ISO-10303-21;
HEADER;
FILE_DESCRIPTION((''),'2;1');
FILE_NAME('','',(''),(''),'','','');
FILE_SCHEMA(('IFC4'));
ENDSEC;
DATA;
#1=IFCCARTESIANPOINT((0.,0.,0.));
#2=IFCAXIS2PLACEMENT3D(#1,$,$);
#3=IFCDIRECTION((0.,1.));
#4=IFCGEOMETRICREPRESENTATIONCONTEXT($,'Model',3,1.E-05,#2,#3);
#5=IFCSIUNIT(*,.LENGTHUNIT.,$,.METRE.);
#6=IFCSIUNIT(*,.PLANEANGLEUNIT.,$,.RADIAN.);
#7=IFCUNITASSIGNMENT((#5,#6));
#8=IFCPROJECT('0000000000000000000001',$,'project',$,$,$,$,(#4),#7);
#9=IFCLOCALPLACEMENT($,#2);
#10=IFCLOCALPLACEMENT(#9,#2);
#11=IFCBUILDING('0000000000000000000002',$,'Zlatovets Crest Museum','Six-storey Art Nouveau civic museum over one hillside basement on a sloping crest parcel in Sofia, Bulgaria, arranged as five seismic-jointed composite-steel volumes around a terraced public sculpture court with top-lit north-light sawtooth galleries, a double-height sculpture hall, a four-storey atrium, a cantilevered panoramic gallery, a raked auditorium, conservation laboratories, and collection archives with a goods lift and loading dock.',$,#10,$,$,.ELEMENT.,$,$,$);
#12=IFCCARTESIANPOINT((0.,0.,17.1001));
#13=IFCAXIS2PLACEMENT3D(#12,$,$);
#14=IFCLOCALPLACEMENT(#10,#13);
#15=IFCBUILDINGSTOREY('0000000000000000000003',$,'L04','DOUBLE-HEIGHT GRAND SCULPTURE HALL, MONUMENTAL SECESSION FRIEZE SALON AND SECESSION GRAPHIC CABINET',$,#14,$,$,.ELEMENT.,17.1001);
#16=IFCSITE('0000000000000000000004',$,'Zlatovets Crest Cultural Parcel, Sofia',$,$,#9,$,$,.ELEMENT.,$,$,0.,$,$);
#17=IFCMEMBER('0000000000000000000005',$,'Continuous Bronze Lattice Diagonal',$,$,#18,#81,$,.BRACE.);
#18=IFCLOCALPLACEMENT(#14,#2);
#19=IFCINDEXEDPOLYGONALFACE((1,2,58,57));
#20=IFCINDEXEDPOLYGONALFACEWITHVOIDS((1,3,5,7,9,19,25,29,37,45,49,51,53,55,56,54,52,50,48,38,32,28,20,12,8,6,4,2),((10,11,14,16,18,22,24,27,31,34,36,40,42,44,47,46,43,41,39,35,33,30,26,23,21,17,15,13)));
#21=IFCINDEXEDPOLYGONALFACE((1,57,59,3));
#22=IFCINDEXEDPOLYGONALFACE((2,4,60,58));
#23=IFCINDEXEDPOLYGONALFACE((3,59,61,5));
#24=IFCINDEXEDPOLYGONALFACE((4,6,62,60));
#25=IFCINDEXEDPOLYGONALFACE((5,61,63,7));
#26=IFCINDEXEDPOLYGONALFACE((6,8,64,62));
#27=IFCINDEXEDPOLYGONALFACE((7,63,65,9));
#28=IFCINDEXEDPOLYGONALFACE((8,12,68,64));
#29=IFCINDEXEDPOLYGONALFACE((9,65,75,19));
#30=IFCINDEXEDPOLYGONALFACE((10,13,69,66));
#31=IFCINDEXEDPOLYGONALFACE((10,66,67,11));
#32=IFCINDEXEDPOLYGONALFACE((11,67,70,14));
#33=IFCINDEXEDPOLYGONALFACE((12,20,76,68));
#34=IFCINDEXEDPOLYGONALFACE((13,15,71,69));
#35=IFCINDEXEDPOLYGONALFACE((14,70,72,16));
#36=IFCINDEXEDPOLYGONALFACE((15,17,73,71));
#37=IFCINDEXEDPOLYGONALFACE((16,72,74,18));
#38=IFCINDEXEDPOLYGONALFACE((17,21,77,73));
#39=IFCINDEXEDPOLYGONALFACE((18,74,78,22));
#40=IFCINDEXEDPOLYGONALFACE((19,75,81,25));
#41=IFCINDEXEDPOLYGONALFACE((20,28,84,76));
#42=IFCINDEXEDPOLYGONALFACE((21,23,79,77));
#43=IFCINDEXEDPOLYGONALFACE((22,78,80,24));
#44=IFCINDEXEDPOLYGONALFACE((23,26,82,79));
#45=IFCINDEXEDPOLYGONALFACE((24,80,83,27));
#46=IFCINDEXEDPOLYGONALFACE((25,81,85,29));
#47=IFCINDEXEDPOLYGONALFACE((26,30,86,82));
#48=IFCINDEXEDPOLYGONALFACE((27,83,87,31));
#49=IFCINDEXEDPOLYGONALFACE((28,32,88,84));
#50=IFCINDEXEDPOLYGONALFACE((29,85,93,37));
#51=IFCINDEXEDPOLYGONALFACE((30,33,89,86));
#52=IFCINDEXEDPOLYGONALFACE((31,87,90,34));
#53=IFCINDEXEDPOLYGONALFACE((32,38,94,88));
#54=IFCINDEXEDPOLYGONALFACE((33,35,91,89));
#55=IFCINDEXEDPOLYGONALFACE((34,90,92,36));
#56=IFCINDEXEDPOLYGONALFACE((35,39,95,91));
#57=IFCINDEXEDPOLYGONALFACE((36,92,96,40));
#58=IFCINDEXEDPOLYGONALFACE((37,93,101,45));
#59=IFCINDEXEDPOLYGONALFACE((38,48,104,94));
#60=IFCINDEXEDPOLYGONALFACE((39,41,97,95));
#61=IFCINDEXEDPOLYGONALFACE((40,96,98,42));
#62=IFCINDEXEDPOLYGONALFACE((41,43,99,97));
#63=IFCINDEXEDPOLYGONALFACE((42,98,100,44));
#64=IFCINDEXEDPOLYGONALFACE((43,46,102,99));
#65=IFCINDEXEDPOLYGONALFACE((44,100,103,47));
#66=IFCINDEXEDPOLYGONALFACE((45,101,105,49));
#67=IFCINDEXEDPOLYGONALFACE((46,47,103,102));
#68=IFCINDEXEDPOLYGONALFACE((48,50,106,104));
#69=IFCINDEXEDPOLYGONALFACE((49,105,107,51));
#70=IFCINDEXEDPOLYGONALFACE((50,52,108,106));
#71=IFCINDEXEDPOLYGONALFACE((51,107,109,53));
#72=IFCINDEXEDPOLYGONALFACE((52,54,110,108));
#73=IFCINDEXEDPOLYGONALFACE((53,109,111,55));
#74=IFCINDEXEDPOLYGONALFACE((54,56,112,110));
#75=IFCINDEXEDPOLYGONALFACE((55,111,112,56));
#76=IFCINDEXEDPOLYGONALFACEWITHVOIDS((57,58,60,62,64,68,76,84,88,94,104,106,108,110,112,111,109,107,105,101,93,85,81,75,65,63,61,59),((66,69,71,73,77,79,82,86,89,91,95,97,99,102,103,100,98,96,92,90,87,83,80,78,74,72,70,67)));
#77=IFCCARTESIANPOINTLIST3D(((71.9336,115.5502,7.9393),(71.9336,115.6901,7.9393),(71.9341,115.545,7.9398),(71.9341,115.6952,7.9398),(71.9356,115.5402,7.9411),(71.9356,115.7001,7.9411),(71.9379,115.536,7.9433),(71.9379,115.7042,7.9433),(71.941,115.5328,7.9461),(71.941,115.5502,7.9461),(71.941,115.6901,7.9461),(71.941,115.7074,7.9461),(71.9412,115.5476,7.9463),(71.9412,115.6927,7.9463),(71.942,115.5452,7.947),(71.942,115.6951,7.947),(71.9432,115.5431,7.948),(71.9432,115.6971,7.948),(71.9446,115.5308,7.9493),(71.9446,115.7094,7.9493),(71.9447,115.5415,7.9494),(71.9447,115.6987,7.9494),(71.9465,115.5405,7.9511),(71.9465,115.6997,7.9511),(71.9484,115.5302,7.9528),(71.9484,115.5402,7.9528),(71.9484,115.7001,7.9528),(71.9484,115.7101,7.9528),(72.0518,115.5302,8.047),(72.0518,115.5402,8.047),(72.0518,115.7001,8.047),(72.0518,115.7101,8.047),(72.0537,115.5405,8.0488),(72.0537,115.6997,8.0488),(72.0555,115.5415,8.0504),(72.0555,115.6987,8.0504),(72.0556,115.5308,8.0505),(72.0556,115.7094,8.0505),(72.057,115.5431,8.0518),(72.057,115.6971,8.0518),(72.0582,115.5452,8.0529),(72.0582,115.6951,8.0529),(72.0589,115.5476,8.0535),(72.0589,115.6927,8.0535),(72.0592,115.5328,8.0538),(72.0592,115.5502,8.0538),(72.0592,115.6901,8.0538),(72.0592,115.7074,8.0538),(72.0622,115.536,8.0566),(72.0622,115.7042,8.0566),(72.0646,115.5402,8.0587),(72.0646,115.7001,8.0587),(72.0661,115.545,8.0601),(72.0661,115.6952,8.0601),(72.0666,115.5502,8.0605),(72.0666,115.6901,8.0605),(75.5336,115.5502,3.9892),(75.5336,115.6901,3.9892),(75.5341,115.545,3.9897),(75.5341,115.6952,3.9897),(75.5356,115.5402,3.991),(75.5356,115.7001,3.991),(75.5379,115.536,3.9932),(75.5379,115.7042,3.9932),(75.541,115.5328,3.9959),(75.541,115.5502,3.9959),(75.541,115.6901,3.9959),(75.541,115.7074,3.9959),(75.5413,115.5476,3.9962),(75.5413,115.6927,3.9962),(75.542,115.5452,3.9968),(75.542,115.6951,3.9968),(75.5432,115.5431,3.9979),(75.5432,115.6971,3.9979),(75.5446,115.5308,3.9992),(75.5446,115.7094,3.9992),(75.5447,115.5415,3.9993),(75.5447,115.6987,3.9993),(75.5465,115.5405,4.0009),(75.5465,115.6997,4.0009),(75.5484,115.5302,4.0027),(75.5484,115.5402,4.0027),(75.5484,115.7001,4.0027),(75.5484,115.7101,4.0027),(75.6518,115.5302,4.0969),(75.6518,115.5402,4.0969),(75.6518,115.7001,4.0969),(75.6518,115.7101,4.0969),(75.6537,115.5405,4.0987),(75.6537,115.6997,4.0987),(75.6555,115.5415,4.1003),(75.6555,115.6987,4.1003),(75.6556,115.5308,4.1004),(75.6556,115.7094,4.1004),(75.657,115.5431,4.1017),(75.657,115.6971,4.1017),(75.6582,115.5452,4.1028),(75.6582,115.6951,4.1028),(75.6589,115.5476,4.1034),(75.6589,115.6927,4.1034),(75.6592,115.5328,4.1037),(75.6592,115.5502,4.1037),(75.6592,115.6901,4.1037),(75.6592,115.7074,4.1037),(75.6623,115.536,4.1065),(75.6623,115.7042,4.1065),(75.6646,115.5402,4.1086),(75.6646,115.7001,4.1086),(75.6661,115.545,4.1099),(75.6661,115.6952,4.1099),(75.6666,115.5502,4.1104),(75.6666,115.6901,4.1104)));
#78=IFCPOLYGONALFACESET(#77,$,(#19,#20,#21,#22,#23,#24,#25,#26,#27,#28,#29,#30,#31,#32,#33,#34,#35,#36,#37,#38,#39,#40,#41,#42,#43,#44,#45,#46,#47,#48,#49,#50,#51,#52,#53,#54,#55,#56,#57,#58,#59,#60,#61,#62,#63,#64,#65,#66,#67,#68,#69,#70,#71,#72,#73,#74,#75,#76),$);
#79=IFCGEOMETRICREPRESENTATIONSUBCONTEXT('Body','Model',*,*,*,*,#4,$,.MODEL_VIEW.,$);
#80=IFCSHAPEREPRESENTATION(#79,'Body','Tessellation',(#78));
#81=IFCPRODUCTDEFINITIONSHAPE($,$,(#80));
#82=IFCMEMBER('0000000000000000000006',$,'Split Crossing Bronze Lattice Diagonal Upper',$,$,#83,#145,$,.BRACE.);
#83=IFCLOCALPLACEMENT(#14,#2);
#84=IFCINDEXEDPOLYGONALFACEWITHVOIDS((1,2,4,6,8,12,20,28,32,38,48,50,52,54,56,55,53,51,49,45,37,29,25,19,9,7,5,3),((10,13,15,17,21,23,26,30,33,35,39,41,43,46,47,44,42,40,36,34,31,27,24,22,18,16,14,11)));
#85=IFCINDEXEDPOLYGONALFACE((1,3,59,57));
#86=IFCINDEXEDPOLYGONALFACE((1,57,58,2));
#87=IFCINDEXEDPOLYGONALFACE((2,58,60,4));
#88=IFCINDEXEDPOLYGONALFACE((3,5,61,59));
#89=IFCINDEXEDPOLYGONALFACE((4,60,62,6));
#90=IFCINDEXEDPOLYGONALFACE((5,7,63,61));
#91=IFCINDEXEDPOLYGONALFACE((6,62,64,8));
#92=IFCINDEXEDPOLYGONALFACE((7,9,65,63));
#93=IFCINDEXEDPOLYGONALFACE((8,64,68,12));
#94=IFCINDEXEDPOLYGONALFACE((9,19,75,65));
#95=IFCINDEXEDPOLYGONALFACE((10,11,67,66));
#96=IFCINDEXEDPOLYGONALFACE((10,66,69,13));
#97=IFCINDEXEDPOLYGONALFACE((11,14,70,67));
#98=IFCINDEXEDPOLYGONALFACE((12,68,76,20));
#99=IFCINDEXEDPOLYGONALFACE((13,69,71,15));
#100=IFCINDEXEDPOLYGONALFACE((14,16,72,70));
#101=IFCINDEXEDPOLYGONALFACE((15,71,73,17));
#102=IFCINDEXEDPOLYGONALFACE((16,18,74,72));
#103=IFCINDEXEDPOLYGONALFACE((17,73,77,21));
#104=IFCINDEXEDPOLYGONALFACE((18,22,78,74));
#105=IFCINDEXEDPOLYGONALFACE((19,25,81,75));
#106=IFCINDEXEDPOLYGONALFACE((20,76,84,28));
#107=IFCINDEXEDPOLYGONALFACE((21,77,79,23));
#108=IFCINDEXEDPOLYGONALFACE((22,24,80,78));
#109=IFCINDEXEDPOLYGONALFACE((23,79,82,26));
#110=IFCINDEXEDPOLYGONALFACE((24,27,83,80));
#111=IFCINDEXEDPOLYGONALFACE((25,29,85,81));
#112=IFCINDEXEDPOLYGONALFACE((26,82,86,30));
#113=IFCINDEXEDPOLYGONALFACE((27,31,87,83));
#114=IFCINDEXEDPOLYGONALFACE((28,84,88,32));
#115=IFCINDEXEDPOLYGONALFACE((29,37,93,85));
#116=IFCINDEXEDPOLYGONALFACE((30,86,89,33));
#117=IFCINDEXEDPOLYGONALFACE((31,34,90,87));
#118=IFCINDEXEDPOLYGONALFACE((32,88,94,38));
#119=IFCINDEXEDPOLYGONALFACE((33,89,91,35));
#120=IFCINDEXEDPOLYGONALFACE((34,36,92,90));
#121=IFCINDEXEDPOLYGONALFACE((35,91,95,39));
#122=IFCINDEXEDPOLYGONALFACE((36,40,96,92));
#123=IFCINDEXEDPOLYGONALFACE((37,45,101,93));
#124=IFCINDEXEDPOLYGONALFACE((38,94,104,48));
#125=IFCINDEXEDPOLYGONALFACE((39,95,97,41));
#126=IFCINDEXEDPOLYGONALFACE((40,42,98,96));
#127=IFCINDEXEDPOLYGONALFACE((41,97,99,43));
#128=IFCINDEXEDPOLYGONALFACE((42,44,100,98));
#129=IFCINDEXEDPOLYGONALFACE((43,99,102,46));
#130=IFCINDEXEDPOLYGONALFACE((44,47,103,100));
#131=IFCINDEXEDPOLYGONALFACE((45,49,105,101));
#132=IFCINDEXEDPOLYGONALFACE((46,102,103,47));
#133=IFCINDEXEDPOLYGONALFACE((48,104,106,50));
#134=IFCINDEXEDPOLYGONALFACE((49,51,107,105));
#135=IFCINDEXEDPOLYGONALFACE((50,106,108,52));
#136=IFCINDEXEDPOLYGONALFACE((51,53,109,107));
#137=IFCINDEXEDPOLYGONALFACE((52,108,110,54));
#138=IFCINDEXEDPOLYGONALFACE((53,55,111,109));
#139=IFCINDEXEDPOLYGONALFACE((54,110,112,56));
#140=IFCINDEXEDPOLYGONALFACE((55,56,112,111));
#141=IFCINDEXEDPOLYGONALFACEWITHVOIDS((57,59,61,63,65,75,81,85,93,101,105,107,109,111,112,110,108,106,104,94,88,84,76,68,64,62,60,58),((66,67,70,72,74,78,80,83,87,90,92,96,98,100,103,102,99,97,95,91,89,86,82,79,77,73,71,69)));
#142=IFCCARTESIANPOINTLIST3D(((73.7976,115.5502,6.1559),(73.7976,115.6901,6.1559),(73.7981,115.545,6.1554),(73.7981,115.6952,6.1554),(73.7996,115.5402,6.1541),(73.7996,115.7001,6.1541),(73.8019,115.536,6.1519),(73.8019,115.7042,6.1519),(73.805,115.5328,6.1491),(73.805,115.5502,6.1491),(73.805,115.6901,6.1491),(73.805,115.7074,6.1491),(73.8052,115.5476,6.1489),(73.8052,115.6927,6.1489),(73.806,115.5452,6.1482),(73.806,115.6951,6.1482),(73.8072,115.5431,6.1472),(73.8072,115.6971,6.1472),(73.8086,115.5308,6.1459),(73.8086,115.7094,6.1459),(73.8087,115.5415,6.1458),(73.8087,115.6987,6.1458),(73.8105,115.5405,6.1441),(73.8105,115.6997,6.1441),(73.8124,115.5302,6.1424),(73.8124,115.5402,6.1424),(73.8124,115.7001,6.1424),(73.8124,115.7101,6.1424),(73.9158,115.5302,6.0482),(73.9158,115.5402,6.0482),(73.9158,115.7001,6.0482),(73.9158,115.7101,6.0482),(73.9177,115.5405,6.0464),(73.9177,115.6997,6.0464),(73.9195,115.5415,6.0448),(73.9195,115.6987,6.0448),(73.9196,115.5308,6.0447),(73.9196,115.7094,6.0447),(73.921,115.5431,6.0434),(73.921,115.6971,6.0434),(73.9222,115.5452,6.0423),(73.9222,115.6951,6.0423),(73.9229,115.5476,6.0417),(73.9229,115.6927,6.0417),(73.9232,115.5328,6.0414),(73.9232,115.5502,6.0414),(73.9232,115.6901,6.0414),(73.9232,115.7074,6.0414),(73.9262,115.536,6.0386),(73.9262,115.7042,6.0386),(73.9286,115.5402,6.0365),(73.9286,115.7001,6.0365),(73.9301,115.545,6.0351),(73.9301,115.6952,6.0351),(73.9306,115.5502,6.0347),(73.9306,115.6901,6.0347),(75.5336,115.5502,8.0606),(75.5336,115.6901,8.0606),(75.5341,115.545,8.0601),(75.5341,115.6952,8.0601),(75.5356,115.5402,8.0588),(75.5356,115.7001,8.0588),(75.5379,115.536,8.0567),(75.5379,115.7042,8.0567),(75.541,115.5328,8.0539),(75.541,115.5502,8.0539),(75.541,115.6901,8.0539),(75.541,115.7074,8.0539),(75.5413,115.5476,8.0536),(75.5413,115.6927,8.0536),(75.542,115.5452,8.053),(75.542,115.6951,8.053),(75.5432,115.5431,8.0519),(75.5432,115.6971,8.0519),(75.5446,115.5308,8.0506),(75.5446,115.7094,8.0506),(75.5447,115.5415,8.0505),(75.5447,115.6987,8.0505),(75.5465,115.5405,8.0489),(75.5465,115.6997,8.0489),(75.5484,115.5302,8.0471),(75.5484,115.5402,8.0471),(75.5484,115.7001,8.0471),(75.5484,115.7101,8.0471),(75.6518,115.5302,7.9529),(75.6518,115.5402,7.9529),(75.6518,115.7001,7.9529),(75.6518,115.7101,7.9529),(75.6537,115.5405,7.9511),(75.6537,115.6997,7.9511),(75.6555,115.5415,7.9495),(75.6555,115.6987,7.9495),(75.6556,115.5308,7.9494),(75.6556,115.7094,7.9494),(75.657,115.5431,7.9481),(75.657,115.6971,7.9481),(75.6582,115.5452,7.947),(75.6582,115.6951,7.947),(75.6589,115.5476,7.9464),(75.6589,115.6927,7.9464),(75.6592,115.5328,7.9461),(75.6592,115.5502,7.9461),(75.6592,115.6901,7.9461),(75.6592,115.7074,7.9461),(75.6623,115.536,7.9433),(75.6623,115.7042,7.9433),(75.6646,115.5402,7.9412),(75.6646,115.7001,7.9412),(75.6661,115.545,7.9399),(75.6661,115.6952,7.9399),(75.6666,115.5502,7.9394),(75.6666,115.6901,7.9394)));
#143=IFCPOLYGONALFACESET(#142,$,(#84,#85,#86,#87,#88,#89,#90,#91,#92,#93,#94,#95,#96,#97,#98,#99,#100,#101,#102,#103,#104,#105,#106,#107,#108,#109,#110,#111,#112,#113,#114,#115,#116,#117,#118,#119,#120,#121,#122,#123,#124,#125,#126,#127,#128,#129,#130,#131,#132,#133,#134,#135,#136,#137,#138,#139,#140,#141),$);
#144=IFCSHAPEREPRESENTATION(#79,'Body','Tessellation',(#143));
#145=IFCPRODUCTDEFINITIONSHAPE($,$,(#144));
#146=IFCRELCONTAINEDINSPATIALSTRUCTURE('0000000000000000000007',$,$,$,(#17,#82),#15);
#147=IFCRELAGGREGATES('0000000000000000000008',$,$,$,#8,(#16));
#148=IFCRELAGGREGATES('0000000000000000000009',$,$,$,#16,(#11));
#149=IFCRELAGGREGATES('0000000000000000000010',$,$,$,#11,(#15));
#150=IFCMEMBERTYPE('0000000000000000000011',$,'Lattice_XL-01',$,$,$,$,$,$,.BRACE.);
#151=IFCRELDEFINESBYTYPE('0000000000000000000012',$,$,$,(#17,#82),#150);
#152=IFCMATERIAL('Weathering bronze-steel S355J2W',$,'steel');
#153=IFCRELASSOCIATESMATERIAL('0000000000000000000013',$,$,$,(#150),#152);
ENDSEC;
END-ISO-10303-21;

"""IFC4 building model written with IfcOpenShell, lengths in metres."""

from ifc_helpers import new_model, si_unit, direction, frame, origin, origin_2d, place, context, subcontext, project, spatial, hollow_rectangle, extrude, material, material_profile, profile_set, type_object, element, save


model = new_model("IFC4")

# Units and contexts
model_context = context("Model", 3, precision=1e-05, world=origin(), true_north=direction((0.0, 1.0)))
body_context = subcontext(model_context, "Body", "Model", "MODEL_VIEW")
ifc_project = project(units=[si_unit("LENGTHUNIT", "METRE"), si_unit("PLANEANGLEUNIT", "RADIAN")], contexts=[model_context])

# Site, building, storey
site_placement = place(None, origin())
site = spatial("IfcSite", under=ifc_project, at=site_placement, Name="Zlatovets Crest Cultural Parcel, Sofia", CompositionType="ELEMENT", RefElevation=0.0)
building_placement = place(site_placement, origin())
building = spatial("IfcBuilding", under=site, at=building_placement, Name="Zlatovets Crest Museum", Description="Six-storey Art Nouveau civic museum over one hillside basement on a sloping crest parcel in Sofia, Bulgaria, arranged as five seismic-jointed composite-steel volumes around a terraced public sculpture court with top-lit north-light sawtooth galleries, a double-height sculpture hall, a four-storey atrium, a cantilevered panoramic gallery, a raked auditorium, conservation laboratories, and collection archives with a goods lift and loading dock.", CompositionType="ELEMENT")
storey_placement = place(building_placement, frame((0.0, 0.0, 17.1001)))
storey = spatial("IfcBuildingStorey", under=building, at=storey_placement, Name="L04", Description="DOUBLE-HEIGHT GRAND SCULPTURE HALL, MONUMENTAL SECESSION FRIEZE SALON AND SECESSION GRAPHIC CABINET", CompositionType="ELEMENT", Elevation=17.1001)

# Members
ifc_material_1 = material(Name="Weathering bronze-steel S355J2W", Category="steel")
ifc_material_profile_1 = material_profile(ifc_material_1, hollow_rectangle(XDim=0.1799, YDim=0.1799, WallThickness=0.01, InnerFilletRadius=0.01, OuterFilletRadius=0.02, at=origin_2d()), Name="SHS 180x180x10.0")
ifc_profile_set_1 = profile_set([ifc_material_profile_1], Name="Weathering bronze-steel S355J2W")
member_type_1 = type_object("IfcMemberType", Name="Lattice_XL-01", PredefinedType="BRACE", material=ifc_profile_set_1)
member_1_placement = place(storey_placement, frame((75.6001, 115.6201, 4.0498), z_axis=(-0.673595, 0.0, 0.7391), x_axis=(0.0, -1.0, 0.0)))
element("IfcMember", 1, at=member_1_placement, inside=storey, type_object=member_type_1, Name="Continuous Bronze Lattice Diagonal", PredefinedType="BRACE", context=body_context, shape_type="SweptSolid", body=[
    extrude(hollow_rectangle(XDim=0.1799, YDim=0.1799, WallThickness=0.01, InnerFilletRadius=0.01, OuterFilletRadius=0.02, at=origin_2d()), origin(), (0.0, 0.0, 1.0), 5.3445),
])
for number, where, z_axis, x_axis, name in (
    (2, (75.6001, 115.6201, 8.0), (-0.67362, 0.0, -0.739078), (0.0, -1.0, 0.0), "Split Crossing Bronze Lattice Diagonal Upper"),
):
    element("IfcMember", number, at=place(storey_placement, frame(where, z_axis=z_axis, x_axis=x_axis)), inside=storey, type_object=member_type_1, Name=name, PredefinedType="BRACE", context=body_context, shape_type="SweptSolid", body=[
        extrude(hollow_rectangle(XDim=0.1799, YDim=0.1799, WallThickness=0.01, InnerFilletRadius=0.01, OuterFilletRadius=0.02, at=origin_2d()), origin(), (0.0, 0.0, 1.0), 2.5771),
    ])

save(model, "model.ifc")
